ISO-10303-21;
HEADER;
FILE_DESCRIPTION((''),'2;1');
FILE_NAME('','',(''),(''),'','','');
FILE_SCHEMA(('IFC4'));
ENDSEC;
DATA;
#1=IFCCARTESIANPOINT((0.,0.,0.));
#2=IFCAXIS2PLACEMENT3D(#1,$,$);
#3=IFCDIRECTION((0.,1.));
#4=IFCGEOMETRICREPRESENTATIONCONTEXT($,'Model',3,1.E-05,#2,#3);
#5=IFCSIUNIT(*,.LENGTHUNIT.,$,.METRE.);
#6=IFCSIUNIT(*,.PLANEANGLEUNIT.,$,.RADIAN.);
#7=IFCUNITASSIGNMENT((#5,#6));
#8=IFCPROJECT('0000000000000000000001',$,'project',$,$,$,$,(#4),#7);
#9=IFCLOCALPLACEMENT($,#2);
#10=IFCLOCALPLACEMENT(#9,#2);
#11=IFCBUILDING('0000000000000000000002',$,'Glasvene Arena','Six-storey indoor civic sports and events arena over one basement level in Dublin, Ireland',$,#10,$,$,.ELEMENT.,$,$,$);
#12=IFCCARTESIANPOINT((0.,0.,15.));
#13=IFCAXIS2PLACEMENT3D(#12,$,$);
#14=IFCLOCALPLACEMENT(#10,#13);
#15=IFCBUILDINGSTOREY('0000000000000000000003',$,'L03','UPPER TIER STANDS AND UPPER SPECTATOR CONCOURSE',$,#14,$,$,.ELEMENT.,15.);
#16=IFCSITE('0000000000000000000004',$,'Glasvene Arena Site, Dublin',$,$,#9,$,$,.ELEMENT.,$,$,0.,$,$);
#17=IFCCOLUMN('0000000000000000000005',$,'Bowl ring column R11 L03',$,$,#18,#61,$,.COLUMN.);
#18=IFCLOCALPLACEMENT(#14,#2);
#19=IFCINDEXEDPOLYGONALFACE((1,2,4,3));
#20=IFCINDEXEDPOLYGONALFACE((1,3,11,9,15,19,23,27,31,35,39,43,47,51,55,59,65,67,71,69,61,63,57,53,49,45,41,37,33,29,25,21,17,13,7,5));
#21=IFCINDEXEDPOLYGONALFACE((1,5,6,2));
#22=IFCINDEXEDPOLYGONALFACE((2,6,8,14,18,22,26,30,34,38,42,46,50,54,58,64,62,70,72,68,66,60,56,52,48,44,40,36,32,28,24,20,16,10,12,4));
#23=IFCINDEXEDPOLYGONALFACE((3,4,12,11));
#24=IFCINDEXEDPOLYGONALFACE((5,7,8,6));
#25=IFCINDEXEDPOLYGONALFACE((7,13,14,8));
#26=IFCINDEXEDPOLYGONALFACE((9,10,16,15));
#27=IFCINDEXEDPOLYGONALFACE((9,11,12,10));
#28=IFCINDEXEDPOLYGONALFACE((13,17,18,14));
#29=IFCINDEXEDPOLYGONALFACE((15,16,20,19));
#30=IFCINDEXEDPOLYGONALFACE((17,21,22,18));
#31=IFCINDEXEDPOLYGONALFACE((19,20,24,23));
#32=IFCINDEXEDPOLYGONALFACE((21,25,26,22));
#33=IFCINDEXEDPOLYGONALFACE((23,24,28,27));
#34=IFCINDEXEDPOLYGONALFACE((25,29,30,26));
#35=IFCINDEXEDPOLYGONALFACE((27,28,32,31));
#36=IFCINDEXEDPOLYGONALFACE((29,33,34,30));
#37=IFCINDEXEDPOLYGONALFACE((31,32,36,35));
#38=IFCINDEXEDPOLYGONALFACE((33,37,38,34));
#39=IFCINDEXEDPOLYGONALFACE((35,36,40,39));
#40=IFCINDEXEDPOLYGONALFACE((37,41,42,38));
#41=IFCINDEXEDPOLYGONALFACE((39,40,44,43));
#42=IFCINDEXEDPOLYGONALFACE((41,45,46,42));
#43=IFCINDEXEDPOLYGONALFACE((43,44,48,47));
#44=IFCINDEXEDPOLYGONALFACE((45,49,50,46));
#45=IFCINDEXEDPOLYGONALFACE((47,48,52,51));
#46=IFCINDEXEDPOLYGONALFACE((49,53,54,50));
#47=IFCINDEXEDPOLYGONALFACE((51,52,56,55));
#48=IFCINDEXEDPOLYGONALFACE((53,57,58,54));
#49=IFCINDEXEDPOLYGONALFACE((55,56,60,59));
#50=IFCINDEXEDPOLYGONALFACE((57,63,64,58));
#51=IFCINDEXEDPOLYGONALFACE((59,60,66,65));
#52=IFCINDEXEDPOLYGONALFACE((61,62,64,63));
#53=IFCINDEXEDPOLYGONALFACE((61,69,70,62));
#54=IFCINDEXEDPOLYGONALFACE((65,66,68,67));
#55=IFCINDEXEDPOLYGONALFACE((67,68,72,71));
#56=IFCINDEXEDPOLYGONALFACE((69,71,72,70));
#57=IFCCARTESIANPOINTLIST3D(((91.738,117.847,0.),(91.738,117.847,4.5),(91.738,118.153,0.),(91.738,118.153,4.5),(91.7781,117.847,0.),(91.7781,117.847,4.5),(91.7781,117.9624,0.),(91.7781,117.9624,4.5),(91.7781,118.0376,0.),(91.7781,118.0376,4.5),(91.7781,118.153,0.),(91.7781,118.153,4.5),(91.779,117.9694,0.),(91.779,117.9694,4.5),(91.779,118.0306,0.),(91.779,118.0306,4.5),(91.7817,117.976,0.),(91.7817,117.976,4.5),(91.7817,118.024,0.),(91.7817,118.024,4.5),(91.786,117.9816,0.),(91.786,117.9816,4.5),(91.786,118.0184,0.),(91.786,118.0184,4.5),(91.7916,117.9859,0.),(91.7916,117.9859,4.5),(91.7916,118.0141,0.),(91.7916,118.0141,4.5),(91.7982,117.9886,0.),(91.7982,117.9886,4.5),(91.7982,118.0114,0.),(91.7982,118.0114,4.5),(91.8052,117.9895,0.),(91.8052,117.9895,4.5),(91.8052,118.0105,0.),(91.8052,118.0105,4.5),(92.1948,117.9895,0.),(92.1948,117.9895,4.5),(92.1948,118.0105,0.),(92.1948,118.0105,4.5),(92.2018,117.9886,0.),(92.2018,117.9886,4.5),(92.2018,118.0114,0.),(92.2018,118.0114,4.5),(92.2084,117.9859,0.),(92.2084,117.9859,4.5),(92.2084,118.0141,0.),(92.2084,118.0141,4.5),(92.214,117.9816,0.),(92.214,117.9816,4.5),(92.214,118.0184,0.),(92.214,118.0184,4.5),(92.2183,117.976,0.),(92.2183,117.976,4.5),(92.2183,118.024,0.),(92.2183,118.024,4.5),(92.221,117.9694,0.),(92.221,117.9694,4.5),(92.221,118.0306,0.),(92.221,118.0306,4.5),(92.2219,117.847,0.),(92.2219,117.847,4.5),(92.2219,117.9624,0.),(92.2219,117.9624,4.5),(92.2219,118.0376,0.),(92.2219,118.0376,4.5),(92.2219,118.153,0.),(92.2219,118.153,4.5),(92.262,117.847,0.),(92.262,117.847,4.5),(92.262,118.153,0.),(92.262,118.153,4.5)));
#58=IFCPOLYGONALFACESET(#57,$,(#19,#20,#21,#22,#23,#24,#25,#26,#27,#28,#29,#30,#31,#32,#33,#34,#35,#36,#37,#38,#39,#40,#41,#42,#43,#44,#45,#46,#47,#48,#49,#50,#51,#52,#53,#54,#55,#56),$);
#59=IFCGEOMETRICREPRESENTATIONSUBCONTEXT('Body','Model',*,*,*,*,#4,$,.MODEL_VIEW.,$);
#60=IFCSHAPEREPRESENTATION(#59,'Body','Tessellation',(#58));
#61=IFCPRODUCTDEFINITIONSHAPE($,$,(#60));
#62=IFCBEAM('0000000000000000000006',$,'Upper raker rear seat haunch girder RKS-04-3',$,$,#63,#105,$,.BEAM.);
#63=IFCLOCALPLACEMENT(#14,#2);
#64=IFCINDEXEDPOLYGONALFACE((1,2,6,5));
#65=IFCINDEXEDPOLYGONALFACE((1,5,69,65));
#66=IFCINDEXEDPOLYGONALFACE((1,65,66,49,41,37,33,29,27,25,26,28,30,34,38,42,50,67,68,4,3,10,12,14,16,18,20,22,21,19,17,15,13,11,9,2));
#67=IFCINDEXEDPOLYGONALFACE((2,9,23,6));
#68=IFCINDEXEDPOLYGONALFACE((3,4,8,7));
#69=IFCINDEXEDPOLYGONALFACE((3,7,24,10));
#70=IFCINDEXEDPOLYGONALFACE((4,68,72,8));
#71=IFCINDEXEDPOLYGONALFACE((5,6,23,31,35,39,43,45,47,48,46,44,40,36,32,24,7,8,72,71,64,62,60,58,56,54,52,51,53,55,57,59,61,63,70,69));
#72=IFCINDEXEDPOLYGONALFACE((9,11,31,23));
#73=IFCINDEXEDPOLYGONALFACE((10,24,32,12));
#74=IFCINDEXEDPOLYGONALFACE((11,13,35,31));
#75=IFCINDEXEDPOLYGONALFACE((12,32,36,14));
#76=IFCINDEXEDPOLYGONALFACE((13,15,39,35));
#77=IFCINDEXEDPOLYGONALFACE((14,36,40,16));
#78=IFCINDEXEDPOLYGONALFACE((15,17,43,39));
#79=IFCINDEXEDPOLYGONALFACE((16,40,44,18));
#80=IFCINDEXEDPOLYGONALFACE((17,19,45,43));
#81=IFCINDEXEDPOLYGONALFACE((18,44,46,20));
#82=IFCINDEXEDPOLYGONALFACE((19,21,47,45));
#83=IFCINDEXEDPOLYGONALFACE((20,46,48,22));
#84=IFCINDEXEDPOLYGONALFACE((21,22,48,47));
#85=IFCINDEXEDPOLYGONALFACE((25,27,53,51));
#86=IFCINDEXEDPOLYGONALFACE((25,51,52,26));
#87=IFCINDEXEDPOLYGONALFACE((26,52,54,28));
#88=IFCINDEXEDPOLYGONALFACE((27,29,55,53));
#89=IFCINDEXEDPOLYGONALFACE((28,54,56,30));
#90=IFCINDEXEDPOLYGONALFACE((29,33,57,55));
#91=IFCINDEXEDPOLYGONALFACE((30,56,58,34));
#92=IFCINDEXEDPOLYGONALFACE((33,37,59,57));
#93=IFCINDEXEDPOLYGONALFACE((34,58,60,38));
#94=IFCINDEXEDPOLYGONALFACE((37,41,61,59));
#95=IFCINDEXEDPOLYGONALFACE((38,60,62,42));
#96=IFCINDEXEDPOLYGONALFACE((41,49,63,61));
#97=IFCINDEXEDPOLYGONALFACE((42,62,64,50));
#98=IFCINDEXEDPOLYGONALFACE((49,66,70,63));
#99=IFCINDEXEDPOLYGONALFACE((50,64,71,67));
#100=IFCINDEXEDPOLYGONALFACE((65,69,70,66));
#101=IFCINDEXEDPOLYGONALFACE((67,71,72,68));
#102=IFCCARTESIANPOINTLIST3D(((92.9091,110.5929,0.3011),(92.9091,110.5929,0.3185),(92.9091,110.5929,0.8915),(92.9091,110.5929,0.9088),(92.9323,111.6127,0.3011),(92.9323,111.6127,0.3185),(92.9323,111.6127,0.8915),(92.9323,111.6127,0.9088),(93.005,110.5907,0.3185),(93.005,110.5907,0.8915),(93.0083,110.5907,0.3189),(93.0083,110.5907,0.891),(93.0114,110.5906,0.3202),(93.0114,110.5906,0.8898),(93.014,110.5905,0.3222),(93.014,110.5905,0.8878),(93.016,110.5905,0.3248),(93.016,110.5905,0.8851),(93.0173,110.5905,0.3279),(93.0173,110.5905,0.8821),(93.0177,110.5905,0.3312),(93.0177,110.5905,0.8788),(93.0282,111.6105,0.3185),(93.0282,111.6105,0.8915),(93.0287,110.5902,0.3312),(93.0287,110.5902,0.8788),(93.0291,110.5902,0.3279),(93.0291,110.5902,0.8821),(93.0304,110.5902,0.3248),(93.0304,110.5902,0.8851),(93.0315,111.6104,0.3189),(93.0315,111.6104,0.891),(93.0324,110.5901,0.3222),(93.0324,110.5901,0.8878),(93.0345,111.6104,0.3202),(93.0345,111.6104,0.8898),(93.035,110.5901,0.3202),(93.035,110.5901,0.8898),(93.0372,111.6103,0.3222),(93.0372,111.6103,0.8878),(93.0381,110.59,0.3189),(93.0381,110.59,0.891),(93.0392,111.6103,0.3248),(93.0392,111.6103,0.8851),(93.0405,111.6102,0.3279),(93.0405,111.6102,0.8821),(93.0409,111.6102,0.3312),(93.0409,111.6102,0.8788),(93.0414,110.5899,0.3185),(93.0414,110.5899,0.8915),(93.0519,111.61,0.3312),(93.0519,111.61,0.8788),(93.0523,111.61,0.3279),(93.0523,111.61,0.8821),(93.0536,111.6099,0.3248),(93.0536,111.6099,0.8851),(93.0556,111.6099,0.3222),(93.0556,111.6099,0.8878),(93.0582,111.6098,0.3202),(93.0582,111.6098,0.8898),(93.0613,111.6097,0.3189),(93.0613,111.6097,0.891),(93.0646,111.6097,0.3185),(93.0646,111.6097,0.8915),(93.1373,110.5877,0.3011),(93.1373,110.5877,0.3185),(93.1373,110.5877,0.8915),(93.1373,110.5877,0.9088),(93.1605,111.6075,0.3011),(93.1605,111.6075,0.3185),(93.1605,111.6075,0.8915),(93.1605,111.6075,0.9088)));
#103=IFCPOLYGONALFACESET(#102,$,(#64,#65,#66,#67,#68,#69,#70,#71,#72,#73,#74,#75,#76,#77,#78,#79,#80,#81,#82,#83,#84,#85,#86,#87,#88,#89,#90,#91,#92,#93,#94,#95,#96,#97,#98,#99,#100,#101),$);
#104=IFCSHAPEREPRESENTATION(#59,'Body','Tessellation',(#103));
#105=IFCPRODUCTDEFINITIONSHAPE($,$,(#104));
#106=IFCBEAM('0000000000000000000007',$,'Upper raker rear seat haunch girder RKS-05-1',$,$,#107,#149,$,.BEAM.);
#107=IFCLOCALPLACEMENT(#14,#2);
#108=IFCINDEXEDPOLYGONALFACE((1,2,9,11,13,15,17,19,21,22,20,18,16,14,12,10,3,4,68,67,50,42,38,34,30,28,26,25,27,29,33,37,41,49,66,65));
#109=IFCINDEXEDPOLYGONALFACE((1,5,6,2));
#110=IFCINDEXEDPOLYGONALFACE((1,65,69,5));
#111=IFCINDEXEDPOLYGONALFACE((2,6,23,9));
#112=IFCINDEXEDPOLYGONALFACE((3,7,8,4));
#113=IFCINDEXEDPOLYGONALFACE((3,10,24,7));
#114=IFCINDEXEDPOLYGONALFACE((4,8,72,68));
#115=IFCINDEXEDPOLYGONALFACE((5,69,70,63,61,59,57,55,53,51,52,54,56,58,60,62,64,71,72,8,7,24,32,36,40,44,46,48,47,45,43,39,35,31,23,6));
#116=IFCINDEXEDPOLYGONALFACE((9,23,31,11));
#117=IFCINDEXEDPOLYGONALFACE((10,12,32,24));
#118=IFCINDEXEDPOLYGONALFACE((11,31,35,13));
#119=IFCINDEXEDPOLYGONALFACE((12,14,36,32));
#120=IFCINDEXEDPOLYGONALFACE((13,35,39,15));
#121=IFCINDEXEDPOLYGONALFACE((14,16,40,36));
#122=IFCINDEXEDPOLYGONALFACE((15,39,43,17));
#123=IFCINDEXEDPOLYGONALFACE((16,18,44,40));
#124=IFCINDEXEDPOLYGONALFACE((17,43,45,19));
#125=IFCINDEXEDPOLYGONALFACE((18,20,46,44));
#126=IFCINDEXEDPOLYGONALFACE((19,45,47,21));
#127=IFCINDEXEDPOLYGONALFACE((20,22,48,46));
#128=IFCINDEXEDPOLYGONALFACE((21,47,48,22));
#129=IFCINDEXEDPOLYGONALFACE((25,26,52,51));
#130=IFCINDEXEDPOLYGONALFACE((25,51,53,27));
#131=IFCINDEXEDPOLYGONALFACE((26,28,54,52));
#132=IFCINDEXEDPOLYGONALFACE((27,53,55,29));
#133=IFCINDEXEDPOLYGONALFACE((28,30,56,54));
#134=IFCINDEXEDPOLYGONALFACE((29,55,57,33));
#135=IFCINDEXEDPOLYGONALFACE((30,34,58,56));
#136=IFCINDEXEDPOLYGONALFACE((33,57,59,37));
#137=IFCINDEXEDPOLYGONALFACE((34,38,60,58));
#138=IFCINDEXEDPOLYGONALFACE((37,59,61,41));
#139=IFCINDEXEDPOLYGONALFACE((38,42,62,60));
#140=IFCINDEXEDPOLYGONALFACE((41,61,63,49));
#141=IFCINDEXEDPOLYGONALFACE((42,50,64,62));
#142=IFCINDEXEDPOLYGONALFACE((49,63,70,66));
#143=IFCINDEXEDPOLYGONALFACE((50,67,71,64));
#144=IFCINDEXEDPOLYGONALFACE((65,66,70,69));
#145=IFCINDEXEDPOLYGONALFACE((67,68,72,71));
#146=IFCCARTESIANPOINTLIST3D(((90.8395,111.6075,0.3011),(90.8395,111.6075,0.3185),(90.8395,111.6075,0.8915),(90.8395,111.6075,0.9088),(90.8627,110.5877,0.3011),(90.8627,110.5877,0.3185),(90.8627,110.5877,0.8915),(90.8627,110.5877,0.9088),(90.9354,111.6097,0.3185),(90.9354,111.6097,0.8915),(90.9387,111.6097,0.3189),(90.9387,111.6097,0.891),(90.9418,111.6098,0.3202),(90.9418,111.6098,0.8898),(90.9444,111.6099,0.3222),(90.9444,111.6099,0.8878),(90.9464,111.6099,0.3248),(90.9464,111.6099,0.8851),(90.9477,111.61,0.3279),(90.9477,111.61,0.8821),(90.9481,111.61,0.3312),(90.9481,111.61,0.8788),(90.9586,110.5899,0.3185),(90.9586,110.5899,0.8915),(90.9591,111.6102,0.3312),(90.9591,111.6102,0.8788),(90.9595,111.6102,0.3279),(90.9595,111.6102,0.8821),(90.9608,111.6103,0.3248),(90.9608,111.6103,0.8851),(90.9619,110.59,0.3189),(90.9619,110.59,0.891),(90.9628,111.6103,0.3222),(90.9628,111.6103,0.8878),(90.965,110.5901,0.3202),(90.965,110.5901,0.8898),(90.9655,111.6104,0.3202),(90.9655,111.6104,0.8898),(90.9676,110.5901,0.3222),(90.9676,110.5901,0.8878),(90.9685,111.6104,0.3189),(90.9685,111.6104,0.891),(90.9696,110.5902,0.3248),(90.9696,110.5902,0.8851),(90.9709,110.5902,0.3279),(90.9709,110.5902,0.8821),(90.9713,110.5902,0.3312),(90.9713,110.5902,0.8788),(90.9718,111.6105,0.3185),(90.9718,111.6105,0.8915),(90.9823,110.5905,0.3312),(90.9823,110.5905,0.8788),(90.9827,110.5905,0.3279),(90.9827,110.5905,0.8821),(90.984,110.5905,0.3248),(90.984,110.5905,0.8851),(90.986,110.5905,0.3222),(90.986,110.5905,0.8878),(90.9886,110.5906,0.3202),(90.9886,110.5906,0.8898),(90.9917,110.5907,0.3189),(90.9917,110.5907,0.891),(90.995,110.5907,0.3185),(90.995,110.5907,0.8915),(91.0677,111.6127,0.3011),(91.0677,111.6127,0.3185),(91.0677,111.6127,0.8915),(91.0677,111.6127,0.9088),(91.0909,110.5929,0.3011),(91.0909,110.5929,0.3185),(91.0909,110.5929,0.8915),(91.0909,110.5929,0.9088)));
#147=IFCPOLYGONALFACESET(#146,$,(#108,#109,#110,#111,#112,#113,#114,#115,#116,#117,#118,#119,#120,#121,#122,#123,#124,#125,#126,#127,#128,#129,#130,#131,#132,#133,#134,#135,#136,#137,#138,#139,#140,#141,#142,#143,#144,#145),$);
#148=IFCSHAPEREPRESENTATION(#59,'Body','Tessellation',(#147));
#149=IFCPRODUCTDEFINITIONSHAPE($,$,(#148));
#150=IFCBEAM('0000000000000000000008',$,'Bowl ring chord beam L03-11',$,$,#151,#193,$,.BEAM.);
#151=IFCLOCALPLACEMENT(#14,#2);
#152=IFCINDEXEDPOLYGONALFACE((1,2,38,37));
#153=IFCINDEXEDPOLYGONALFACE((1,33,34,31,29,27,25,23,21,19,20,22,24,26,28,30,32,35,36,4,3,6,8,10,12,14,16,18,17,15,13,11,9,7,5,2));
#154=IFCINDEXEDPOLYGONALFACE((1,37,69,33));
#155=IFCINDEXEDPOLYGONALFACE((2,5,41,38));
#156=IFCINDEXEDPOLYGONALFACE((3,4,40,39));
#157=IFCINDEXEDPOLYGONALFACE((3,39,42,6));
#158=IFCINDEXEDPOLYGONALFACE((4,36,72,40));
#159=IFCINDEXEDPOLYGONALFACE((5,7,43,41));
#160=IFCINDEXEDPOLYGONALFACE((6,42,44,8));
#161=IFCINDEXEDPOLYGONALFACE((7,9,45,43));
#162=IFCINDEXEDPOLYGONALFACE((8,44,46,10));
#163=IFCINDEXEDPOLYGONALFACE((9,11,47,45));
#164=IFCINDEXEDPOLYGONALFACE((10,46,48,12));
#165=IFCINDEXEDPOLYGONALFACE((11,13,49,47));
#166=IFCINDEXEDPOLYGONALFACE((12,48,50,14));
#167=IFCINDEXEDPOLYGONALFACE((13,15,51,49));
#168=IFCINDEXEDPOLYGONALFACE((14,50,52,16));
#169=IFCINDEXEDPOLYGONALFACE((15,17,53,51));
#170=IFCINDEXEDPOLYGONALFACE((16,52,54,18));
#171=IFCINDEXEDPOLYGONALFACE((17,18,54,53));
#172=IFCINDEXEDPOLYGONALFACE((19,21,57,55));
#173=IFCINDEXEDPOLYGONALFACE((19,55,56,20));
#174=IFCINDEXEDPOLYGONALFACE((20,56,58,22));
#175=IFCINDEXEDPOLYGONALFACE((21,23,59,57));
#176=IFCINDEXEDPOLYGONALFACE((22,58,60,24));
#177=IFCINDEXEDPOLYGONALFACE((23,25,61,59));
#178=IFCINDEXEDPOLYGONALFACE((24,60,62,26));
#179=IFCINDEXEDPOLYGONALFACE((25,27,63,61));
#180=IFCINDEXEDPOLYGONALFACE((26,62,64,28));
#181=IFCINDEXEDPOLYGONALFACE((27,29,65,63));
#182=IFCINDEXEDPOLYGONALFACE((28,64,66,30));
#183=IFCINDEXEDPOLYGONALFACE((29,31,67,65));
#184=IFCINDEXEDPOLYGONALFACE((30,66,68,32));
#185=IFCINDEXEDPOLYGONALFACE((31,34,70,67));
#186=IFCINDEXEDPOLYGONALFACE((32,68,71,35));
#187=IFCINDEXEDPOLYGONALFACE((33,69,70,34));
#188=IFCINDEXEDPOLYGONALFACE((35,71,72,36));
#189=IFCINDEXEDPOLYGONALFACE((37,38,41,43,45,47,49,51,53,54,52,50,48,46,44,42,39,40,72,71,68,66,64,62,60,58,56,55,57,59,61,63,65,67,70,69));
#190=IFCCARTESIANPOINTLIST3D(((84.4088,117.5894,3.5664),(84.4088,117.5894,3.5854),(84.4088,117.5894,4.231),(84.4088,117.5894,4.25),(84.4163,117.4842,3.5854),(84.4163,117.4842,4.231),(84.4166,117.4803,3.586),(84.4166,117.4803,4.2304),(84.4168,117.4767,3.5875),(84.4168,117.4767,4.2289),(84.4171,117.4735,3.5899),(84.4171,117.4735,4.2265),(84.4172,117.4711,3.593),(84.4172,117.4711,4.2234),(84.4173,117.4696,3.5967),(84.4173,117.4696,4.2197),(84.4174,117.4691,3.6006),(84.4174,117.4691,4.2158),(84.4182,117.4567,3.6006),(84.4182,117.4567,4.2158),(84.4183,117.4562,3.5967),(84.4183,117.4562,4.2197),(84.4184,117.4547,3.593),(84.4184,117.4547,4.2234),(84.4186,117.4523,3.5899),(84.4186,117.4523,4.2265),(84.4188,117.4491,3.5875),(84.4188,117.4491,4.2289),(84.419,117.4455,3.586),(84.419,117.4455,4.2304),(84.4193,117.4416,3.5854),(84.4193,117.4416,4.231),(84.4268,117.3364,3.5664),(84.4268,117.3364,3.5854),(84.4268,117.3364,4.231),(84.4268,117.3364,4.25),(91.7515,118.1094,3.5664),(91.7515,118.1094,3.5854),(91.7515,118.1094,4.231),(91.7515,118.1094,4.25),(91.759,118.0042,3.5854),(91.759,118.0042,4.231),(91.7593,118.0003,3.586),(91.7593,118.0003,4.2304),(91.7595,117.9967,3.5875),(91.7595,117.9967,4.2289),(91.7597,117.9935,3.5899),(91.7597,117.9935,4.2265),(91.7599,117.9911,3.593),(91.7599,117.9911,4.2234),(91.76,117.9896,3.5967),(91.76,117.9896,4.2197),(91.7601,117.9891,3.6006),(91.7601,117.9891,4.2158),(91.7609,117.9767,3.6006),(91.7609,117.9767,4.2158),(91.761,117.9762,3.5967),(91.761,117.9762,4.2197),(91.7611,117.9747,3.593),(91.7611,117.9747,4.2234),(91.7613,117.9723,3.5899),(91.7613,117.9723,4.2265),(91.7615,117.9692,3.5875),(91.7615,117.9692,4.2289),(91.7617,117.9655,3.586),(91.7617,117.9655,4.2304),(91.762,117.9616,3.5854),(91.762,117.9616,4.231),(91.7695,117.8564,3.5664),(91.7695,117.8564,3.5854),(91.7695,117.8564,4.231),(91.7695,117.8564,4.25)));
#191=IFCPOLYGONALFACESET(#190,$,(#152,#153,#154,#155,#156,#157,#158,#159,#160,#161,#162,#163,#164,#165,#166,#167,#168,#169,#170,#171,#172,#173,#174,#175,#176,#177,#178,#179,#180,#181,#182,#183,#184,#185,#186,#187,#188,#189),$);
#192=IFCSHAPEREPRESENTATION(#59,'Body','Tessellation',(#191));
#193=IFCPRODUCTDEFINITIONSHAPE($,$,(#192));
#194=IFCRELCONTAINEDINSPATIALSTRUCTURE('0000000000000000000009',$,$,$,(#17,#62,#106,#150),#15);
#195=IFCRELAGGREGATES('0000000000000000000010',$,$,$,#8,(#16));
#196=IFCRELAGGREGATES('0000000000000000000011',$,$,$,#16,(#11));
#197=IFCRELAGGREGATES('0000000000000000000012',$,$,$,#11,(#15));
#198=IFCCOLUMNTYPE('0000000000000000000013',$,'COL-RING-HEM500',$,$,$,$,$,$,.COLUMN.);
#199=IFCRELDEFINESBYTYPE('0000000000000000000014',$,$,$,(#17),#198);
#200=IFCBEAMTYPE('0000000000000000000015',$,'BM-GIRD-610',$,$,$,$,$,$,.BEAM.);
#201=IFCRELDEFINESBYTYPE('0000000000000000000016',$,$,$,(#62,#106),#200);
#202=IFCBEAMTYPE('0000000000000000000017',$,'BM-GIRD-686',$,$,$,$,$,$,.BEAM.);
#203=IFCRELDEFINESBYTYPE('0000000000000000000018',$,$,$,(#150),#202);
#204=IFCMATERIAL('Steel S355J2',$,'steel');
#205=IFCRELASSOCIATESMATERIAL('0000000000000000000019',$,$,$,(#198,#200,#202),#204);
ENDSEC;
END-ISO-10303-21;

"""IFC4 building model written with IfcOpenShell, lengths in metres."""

from ifc_helpers import new_model, si_unit, direction, frame, origin, origin_2d, place, context, subcontext, project, spatial, i_section, extrude, material, material_profile, profile_set, type_object, element, save


model = new_model("IFC4")

# Units and contexts
model_context = context("Model", 3, precision=1e-05, world=origin(), true_north=direction((0.0, 1.0)))
body_context = subcontext(model_context, "Body", "Model", "MODEL_VIEW")
ifc_project = project(units=[si_unit("LENGTHUNIT", "METRE"), si_unit("PLANEANGLEUNIT", "RADIAN")], contexts=[model_context])

# Site, building, storey
site_placement = place(None, origin())
site = spatial("IfcSite", under=ifc_project, at=site_placement, Name="Glasvene Arena Site, Dublin", CompositionType="ELEMENT", RefElevation=0.0)
building_placement = place(site_placement, origin())
building = spatial("IfcBuilding", under=site, at=building_placement, Name="Glasvene Arena", Description="Six-storey indoor civic sports and events arena over one basement level in Dublin, Ireland", CompositionType="ELEMENT")
storey_placement = place(building_placement, frame((0.0, 0.0, 15.0)))
storey = spatial("IfcBuildingStorey", under=building, at=storey_placement, Name="L03", Description="UPPER TIER STANDS AND UPPER SPECTATOR CONCOURSE", CompositionType="ELEMENT", Elevation=15.0)

# Column
ifc_material_1 = material(Name="Steel S355J2", Category="steel")
ifc_material_profile_1 = material_profile(ifc_material_1, i_section(OverallWidth=0.3059, OverallDepth=0.5239, WebThickness=0.021, FlangeThickness=0.04, FilletRadius=0.0271, at=origin_2d()), Name="HEM 500")
ifc_profile_set_1 = profile_set([ifc_material_profile_1], Name="Steel S355J2")
column_type = type_object("IfcColumnType", Name="COL-RING-HEM500", PredefinedType="COLUMN", material=ifc_profile_set_1)
column_placement = place(storey_placement, frame((92.0, 118.0, 0.0), z_axis=(0.0, 0.0, 1.0), x_axis=(0.0, 1.0, 0.0)))
element("IfcColumn", 1, at=column_placement, inside=storey, type_object=column_type, Name="Bowl ring column R11 L03", PredefinedType="COLUMN", context=body_context, shape_type="SweptSolid", body=[
    extrude(i_section(OverallWidth=0.3059, OverallDepth=0.5239, WebThickness=0.021, FlangeThickness=0.04, FilletRadius=0.0271, at=origin_2d()), origin(), (0.0, 0.0, 1.0), 4.5),
])

# Beams
ifc_material_profile_2 = material_profile(ifc_material_1, i_section(OverallWidth=0.2283, OverallDepth=0.6077, WebThickness=0.011, FlangeThickness=0.0173, FilletRadius=0.0127, at=origin_2d()), Name="UKB 610x229x113")
ifc_profile_set_2 = profile_set([ifc_material_profile_2], Name="Steel S355J2")
beam_type_1 = type_object("IfcBeamType", Name="BM-GIRD-610", PredefinedType="BEAM", material=ifc_profile_set_2)
for number, where, z_axis, x_axis, name in (
    (2, (93.0232, 110.5903, 0.605), (0.022738, 0.999741, 0.0), (-0.999741, 0.022738, 0.0), "Upper raker rear seat haunch girder RKS-04-3"),
    (3, (90.9768, 110.5903, 0.605), (-0.022738, 0.999741, 0.0), (-0.999741, -0.022738, 0.0), "Upper raker rear seat haunch girder RKS-05-1"),
):
    element("IfcBeam", number, at=place(storey_placement, frame(where, z_axis=z_axis, x_axis=x_axis)), inside=storey, type_object=beam_type_1, Name=name, PredefinedType="BEAM", context=body_context, shape_type="SweptSolid", body=[
        extrude(i_section(OverallWidth=0.2283, OverallDepth=0.6077, WebThickness=0.011, FlangeThickness=0.0173, FilletRadius=0.0127, at=origin_2d()), origin(), (0.0, 0.0, 1.0), 1.02),
    ])
ifc_material_profile_3 = material_profile(ifc_material_1, i_section(OverallWidth=0.2537, OverallDepth=0.6836, WebThickness=0.0125, FlangeThickness=0.019, FilletRadius=0.0151, at=origin_2d()), Name="UKB 686x254x140")
ifc_profile_set_3 = profile_set([ifc_material_profile_3], Name="Steel S355J2")
beam_type_2 = type_object("IfcBeamType", Name="BM-GIRD-686", PredefinedType="BEAM", material=ifc_profile_set_3)
beam_1_placement = place(storey_placement, frame((91.7605, 117.9829, 3.9082), z_axis=(-0.997502, -0.070644, 0.0), x_axis=(0.070644, -0.997502, 0.0)))
element("IfcBeam", 4, at=beam_1_placement, inside=storey, type_object=beam_type_2, Name="Bowl ring chord beam L03-11", PredefinedType="BEAM", context=body_context, shape_type="SweptSolid", body=[
    extrude(i_section(OverallWidth=0.2537, OverallDepth=0.6836, WebThickness=0.0125, FlangeThickness=0.019, FilletRadius=0.0151, at=origin_2d()), origin(), (0.0, 0.0, 1.0), 7.3611),
])

save(model, "model.ifc")
